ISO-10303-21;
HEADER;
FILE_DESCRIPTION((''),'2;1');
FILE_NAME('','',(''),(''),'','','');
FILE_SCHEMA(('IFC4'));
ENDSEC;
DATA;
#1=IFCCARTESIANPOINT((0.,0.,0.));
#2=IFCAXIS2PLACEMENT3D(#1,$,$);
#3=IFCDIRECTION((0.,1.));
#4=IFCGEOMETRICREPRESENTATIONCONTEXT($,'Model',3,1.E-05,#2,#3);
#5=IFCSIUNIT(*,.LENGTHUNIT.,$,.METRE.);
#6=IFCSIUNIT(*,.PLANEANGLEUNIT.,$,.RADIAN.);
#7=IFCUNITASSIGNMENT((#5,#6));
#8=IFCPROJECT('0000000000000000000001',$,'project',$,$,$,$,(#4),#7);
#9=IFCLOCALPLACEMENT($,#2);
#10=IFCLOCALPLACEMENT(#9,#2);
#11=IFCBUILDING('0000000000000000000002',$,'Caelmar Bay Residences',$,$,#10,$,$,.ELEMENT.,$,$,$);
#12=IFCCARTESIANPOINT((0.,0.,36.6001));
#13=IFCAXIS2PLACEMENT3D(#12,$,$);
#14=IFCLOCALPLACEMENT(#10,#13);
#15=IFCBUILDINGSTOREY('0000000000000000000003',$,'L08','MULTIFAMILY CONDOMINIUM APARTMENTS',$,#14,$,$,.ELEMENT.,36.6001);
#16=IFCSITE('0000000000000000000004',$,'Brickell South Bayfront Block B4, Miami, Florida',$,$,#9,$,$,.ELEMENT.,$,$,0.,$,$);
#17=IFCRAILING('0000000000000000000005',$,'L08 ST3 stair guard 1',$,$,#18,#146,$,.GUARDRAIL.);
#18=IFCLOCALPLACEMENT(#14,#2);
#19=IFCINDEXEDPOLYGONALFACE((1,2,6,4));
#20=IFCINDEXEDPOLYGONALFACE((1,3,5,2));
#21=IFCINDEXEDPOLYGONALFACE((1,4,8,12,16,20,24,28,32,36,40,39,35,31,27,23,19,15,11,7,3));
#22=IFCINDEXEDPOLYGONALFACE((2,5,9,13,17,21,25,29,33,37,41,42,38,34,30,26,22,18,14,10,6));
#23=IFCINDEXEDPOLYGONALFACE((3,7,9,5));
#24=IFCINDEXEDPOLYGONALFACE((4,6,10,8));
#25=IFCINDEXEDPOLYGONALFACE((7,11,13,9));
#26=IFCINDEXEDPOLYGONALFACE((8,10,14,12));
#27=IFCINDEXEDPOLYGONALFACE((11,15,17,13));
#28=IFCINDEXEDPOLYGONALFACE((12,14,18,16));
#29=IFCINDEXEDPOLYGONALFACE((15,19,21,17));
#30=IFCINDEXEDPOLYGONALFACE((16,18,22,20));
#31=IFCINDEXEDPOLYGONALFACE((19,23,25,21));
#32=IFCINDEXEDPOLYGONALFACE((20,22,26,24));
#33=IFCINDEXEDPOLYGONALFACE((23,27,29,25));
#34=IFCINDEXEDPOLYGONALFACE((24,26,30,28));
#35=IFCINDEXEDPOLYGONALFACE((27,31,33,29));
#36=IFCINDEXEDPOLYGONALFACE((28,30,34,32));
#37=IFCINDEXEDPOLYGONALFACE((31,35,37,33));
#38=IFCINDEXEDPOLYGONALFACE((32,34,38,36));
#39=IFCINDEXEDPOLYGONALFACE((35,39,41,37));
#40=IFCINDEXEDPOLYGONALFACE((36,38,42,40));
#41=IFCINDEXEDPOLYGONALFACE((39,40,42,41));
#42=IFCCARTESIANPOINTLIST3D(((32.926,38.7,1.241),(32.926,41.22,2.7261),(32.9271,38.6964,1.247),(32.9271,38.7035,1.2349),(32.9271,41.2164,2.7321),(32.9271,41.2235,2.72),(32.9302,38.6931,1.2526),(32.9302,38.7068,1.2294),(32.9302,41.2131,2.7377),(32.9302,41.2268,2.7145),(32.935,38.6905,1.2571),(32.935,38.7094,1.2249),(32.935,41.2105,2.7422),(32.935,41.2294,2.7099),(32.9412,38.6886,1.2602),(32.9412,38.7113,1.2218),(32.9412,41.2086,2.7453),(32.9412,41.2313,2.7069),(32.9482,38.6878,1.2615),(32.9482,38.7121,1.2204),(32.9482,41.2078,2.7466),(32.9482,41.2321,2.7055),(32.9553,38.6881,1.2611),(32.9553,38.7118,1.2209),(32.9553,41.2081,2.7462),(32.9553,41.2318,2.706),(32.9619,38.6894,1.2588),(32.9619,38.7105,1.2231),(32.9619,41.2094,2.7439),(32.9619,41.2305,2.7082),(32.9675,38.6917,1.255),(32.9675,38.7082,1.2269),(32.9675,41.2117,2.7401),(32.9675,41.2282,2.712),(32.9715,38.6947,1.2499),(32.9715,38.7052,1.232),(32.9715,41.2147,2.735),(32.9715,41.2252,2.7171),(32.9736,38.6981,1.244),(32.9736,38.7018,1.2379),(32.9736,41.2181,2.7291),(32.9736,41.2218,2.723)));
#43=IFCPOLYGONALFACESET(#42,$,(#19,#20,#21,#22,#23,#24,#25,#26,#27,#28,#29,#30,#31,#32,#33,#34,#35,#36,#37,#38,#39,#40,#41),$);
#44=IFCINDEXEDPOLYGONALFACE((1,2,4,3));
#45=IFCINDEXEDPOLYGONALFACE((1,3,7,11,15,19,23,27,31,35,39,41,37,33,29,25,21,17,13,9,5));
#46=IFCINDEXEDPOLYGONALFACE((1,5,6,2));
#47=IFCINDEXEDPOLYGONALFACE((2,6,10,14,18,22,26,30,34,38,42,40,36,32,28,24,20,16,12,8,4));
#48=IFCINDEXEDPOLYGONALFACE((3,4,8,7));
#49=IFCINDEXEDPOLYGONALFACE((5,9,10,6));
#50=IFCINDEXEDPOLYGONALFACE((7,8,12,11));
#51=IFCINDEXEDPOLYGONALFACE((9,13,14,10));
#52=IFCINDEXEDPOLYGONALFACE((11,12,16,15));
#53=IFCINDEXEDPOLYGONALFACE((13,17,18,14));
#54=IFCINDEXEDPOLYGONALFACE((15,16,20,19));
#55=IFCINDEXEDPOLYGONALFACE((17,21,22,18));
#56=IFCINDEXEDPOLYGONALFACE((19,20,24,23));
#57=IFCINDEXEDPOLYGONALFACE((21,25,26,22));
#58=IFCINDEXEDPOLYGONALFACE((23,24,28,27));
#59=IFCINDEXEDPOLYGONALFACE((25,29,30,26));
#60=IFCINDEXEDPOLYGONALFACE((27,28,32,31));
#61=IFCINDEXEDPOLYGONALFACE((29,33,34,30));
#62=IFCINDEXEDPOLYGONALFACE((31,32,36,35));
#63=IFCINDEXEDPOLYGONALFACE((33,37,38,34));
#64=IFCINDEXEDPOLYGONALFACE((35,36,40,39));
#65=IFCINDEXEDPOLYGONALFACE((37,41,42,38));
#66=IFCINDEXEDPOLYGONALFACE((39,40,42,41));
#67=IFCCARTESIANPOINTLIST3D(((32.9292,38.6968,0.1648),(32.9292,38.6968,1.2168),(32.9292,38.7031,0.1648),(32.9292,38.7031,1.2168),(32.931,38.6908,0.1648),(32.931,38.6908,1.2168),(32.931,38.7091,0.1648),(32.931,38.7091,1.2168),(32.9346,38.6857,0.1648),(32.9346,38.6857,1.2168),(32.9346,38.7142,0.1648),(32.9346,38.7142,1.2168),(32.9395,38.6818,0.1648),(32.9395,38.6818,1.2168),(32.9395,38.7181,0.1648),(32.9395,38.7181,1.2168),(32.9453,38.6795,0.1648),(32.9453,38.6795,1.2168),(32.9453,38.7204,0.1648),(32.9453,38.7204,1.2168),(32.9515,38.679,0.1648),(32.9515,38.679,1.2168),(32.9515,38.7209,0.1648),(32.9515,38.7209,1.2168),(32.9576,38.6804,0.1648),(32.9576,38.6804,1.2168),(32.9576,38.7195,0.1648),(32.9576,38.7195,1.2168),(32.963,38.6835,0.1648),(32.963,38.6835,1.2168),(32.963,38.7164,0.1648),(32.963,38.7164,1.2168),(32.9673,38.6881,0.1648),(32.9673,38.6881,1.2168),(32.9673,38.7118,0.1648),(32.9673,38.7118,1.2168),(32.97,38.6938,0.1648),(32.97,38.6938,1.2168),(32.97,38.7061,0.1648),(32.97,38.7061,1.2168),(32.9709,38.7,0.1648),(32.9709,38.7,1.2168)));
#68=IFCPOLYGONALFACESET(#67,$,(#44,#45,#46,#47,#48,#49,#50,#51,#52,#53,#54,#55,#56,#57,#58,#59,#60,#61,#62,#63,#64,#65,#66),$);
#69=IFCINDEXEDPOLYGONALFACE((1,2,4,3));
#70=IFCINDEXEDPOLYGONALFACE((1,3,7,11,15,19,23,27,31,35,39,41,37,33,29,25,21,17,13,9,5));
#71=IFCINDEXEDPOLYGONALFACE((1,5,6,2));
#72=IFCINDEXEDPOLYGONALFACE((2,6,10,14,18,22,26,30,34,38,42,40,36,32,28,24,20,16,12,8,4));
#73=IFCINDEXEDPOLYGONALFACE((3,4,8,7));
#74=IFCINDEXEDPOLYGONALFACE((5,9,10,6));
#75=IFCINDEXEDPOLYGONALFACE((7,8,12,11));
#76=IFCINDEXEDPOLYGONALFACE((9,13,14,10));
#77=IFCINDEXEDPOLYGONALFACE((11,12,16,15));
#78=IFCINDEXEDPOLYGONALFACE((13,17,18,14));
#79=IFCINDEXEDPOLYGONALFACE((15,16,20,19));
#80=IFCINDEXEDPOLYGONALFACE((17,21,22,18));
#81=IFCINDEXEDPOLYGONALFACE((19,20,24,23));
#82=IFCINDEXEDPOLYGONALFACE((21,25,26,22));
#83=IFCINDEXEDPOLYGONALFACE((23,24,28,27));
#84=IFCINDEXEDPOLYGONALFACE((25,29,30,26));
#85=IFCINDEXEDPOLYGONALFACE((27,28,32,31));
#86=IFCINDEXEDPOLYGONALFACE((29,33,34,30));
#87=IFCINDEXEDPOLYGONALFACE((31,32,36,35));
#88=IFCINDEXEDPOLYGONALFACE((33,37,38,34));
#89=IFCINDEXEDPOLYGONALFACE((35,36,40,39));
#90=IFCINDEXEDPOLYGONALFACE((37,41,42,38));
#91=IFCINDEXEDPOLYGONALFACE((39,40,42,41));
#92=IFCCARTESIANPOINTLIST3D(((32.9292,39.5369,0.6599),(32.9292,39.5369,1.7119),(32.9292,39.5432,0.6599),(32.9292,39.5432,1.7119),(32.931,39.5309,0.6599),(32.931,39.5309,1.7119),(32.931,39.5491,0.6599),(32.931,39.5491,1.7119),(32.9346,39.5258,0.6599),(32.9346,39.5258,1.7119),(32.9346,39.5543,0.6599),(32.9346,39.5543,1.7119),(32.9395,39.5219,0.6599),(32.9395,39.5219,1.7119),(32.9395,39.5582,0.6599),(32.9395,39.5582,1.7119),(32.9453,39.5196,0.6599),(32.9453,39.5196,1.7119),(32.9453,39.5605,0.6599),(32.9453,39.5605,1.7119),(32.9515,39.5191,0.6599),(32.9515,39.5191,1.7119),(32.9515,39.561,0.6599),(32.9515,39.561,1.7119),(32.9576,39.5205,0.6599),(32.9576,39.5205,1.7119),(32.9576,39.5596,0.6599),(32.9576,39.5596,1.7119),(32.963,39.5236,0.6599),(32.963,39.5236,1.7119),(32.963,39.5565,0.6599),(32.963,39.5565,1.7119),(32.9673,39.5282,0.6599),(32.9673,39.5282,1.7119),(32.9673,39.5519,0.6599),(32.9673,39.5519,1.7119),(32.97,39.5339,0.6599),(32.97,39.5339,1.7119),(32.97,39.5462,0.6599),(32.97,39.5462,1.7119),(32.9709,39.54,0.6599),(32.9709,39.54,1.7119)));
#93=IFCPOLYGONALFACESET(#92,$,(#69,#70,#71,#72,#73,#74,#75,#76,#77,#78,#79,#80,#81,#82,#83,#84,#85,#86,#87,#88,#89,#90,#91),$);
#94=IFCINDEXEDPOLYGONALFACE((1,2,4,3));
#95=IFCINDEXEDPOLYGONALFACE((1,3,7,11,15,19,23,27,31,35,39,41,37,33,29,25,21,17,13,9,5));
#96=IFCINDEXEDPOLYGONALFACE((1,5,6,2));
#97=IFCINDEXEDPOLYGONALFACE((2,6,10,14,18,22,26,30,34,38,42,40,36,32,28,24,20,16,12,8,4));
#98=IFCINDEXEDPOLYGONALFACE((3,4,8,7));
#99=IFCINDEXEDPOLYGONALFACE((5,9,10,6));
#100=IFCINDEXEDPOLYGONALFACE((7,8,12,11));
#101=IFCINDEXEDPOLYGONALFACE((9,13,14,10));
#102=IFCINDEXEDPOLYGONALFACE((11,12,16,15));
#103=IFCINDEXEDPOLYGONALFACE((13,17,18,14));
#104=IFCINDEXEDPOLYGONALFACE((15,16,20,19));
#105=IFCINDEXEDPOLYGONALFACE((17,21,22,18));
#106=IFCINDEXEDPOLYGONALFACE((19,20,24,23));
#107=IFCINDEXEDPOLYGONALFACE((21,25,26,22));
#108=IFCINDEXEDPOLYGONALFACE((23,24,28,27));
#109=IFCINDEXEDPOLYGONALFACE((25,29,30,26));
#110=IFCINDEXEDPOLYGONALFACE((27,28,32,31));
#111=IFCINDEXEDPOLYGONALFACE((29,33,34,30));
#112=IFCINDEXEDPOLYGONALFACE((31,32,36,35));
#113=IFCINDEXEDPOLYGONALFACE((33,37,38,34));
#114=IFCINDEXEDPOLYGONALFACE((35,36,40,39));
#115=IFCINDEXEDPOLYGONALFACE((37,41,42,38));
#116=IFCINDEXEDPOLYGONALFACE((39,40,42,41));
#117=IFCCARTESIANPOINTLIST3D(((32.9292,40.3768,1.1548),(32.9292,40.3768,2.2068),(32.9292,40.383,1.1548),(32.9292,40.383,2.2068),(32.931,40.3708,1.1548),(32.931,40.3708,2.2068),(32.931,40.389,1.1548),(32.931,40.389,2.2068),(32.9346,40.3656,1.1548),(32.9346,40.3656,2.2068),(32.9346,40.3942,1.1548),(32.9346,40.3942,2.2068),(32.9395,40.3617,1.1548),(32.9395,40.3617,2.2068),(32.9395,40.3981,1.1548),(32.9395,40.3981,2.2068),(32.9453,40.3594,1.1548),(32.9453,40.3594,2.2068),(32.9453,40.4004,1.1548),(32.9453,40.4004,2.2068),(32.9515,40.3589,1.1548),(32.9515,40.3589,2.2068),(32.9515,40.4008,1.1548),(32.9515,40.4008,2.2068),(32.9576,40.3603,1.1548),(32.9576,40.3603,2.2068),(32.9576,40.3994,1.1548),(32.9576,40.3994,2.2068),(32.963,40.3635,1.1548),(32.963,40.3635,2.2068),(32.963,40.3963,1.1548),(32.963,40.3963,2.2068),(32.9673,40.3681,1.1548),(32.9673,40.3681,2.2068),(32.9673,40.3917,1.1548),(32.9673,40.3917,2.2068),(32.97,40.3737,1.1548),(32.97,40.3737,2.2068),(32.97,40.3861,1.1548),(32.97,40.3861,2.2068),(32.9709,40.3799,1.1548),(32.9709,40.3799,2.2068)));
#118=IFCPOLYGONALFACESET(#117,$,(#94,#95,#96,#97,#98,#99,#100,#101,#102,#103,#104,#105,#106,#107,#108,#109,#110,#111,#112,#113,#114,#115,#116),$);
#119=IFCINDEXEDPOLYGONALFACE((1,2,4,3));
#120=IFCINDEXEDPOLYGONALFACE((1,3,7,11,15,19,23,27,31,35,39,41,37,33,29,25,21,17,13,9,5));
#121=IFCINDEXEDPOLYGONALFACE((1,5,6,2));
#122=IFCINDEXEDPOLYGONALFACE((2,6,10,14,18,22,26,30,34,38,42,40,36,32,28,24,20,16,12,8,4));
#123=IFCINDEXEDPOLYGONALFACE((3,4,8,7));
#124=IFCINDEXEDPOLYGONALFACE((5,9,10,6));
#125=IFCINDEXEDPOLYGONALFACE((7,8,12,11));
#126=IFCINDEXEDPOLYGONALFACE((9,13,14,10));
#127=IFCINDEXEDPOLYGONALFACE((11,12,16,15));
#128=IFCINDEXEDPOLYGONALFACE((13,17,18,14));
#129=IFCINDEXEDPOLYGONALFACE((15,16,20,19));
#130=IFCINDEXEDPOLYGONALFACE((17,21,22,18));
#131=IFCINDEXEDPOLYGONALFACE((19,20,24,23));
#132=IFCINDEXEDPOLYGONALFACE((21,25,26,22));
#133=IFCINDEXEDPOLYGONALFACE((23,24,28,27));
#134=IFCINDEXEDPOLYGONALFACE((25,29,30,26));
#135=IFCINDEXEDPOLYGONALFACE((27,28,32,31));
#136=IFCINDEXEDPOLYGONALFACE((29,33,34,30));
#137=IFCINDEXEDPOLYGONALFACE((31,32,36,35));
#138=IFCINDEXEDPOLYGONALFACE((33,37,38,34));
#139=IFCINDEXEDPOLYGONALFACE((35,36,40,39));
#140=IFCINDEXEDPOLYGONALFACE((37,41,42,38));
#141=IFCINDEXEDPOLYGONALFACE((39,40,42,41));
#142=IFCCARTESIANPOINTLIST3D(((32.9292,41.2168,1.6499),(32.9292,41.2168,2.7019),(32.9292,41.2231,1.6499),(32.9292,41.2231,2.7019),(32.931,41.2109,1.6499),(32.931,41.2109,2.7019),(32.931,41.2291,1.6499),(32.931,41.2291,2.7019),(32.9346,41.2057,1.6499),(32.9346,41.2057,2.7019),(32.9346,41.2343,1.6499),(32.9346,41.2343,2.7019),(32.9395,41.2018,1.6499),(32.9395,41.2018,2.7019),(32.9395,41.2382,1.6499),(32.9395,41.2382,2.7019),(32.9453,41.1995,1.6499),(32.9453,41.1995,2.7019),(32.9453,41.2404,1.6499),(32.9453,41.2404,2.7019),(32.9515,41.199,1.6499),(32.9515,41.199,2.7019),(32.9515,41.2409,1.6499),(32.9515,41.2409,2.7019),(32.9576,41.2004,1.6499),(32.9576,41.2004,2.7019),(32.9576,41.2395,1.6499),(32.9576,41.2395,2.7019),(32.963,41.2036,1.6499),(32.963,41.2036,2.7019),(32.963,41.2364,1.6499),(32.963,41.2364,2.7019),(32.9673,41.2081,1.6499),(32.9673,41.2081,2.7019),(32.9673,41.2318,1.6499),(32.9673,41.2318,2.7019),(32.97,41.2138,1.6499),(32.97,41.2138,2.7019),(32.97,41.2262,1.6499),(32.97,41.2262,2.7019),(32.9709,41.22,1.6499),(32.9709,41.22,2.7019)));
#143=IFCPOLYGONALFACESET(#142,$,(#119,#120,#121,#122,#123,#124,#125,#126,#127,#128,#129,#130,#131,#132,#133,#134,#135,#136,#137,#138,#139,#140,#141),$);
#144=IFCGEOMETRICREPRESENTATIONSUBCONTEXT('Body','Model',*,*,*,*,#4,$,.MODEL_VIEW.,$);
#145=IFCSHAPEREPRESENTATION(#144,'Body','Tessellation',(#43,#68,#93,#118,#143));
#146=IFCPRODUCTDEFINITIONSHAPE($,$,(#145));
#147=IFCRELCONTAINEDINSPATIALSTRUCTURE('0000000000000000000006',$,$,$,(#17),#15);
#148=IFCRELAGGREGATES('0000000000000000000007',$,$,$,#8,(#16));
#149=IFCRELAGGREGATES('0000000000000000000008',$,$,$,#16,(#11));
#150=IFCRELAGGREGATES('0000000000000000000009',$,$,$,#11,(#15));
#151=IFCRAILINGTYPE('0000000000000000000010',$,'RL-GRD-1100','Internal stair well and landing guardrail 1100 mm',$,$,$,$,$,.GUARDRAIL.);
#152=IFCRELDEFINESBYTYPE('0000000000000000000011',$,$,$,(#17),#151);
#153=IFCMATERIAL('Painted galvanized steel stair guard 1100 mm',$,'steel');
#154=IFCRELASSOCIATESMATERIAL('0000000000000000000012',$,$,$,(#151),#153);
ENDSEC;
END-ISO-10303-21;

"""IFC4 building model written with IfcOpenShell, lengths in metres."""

from ifc_helpers import new_model, si_unit, direction, frame, origin, origin_2d, place, context, subcontext, project, spatial, circle, extrude, material, type_object, element, save


model = new_model("IFC4")

# Units and contexts
model_context = context("Model", 3, precision=1e-05, world=origin(), true_north=direction((0.0, 1.0)))
body_context = subcontext(model_context, "Body", "Model", "MODEL_VIEW")
ifc_project = project(units=[si_unit("LENGTHUNIT", "METRE"), si_unit("PLANEANGLEUNIT", "RADIAN")], contexts=[model_context])

# Site, building, storey
site_placement = place(None, origin())
site = spatial("IfcSite", under=ifc_project, at=site_placement, Name="Brickell South Bayfront Block B4, Miami, Florida", CompositionType="ELEMENT", RefElevation=0.0)
building_placement = place(site_placement, origin())
building = spatial("IfcBuilding", under=site, at=building_placement, Name="Caelmar Bay Residences", CompositionType="ELEMENT")
storey_placement = place(building_placement, frame((0.0, 0.0, 36.6001)))
storey = spatial("IfcBuildingStorey", under=building, at=storey_placement, Name="L08", Description="MULTIFAMILY CONDOMINIUM APARTMENTS", CompositionType="ELEMENT", Elevation=36.6001)

# Railing
ifc_material_1 = material(Name="Painted galvanized steel stair guard 1100 mm", Category="steel")
railing_type_1 = type_object("IfcRailingType", Name="RL-GRD-1100", Description="Internal stair well and landing guardrail 1100 mm", PredefinedType="GUARDRAIL", material=ifc_material_1)
railing_1_placement = place(storey_placement, frame((32.95, 38.7, 0.1648)))
element("IfcRailing", 1, at=railing_1_placement, inside=storey, type_object=railing_type_1, Name="L08 ST3 stair guard 1", PredefinedType="GUARDRAIL", context=body_context, shape_type="SweptSolid", body=[
    extrude(circle(Radius=0.0239, at=origin_2d()), frame((0.0, 0.0, 1.0762), z_axis=(0.0, 0.861524, 0.507717), x_axis=(-1.0, 0.0, 0.0)), (0.0, 0.0, 1.0), 2.925),
    extrude(circle(Radius=0.021, at=origin_2d()), origin(), (0.0, 0.0, 1.0), 1.052),
    extrude(circle(Radius=0.021, at=origin_2d()), frame((0.0, 0.8401, 0.4951)), (0.0, 0.0, 1.0), 1.052),
    extrude(circle(Radius=0.021, at=origin_2d()), frame((0.0, 1.6799, 0.99)), (0.0, 0.0, 1.0), 1.052),
    extrude(circle(Radius=0.021, at=origin_2d()), frame((0.0, 2.52, 1.4851)), (0.0, 0.0, 1.0), 1.052),
])

save(model, "model.ifc")
